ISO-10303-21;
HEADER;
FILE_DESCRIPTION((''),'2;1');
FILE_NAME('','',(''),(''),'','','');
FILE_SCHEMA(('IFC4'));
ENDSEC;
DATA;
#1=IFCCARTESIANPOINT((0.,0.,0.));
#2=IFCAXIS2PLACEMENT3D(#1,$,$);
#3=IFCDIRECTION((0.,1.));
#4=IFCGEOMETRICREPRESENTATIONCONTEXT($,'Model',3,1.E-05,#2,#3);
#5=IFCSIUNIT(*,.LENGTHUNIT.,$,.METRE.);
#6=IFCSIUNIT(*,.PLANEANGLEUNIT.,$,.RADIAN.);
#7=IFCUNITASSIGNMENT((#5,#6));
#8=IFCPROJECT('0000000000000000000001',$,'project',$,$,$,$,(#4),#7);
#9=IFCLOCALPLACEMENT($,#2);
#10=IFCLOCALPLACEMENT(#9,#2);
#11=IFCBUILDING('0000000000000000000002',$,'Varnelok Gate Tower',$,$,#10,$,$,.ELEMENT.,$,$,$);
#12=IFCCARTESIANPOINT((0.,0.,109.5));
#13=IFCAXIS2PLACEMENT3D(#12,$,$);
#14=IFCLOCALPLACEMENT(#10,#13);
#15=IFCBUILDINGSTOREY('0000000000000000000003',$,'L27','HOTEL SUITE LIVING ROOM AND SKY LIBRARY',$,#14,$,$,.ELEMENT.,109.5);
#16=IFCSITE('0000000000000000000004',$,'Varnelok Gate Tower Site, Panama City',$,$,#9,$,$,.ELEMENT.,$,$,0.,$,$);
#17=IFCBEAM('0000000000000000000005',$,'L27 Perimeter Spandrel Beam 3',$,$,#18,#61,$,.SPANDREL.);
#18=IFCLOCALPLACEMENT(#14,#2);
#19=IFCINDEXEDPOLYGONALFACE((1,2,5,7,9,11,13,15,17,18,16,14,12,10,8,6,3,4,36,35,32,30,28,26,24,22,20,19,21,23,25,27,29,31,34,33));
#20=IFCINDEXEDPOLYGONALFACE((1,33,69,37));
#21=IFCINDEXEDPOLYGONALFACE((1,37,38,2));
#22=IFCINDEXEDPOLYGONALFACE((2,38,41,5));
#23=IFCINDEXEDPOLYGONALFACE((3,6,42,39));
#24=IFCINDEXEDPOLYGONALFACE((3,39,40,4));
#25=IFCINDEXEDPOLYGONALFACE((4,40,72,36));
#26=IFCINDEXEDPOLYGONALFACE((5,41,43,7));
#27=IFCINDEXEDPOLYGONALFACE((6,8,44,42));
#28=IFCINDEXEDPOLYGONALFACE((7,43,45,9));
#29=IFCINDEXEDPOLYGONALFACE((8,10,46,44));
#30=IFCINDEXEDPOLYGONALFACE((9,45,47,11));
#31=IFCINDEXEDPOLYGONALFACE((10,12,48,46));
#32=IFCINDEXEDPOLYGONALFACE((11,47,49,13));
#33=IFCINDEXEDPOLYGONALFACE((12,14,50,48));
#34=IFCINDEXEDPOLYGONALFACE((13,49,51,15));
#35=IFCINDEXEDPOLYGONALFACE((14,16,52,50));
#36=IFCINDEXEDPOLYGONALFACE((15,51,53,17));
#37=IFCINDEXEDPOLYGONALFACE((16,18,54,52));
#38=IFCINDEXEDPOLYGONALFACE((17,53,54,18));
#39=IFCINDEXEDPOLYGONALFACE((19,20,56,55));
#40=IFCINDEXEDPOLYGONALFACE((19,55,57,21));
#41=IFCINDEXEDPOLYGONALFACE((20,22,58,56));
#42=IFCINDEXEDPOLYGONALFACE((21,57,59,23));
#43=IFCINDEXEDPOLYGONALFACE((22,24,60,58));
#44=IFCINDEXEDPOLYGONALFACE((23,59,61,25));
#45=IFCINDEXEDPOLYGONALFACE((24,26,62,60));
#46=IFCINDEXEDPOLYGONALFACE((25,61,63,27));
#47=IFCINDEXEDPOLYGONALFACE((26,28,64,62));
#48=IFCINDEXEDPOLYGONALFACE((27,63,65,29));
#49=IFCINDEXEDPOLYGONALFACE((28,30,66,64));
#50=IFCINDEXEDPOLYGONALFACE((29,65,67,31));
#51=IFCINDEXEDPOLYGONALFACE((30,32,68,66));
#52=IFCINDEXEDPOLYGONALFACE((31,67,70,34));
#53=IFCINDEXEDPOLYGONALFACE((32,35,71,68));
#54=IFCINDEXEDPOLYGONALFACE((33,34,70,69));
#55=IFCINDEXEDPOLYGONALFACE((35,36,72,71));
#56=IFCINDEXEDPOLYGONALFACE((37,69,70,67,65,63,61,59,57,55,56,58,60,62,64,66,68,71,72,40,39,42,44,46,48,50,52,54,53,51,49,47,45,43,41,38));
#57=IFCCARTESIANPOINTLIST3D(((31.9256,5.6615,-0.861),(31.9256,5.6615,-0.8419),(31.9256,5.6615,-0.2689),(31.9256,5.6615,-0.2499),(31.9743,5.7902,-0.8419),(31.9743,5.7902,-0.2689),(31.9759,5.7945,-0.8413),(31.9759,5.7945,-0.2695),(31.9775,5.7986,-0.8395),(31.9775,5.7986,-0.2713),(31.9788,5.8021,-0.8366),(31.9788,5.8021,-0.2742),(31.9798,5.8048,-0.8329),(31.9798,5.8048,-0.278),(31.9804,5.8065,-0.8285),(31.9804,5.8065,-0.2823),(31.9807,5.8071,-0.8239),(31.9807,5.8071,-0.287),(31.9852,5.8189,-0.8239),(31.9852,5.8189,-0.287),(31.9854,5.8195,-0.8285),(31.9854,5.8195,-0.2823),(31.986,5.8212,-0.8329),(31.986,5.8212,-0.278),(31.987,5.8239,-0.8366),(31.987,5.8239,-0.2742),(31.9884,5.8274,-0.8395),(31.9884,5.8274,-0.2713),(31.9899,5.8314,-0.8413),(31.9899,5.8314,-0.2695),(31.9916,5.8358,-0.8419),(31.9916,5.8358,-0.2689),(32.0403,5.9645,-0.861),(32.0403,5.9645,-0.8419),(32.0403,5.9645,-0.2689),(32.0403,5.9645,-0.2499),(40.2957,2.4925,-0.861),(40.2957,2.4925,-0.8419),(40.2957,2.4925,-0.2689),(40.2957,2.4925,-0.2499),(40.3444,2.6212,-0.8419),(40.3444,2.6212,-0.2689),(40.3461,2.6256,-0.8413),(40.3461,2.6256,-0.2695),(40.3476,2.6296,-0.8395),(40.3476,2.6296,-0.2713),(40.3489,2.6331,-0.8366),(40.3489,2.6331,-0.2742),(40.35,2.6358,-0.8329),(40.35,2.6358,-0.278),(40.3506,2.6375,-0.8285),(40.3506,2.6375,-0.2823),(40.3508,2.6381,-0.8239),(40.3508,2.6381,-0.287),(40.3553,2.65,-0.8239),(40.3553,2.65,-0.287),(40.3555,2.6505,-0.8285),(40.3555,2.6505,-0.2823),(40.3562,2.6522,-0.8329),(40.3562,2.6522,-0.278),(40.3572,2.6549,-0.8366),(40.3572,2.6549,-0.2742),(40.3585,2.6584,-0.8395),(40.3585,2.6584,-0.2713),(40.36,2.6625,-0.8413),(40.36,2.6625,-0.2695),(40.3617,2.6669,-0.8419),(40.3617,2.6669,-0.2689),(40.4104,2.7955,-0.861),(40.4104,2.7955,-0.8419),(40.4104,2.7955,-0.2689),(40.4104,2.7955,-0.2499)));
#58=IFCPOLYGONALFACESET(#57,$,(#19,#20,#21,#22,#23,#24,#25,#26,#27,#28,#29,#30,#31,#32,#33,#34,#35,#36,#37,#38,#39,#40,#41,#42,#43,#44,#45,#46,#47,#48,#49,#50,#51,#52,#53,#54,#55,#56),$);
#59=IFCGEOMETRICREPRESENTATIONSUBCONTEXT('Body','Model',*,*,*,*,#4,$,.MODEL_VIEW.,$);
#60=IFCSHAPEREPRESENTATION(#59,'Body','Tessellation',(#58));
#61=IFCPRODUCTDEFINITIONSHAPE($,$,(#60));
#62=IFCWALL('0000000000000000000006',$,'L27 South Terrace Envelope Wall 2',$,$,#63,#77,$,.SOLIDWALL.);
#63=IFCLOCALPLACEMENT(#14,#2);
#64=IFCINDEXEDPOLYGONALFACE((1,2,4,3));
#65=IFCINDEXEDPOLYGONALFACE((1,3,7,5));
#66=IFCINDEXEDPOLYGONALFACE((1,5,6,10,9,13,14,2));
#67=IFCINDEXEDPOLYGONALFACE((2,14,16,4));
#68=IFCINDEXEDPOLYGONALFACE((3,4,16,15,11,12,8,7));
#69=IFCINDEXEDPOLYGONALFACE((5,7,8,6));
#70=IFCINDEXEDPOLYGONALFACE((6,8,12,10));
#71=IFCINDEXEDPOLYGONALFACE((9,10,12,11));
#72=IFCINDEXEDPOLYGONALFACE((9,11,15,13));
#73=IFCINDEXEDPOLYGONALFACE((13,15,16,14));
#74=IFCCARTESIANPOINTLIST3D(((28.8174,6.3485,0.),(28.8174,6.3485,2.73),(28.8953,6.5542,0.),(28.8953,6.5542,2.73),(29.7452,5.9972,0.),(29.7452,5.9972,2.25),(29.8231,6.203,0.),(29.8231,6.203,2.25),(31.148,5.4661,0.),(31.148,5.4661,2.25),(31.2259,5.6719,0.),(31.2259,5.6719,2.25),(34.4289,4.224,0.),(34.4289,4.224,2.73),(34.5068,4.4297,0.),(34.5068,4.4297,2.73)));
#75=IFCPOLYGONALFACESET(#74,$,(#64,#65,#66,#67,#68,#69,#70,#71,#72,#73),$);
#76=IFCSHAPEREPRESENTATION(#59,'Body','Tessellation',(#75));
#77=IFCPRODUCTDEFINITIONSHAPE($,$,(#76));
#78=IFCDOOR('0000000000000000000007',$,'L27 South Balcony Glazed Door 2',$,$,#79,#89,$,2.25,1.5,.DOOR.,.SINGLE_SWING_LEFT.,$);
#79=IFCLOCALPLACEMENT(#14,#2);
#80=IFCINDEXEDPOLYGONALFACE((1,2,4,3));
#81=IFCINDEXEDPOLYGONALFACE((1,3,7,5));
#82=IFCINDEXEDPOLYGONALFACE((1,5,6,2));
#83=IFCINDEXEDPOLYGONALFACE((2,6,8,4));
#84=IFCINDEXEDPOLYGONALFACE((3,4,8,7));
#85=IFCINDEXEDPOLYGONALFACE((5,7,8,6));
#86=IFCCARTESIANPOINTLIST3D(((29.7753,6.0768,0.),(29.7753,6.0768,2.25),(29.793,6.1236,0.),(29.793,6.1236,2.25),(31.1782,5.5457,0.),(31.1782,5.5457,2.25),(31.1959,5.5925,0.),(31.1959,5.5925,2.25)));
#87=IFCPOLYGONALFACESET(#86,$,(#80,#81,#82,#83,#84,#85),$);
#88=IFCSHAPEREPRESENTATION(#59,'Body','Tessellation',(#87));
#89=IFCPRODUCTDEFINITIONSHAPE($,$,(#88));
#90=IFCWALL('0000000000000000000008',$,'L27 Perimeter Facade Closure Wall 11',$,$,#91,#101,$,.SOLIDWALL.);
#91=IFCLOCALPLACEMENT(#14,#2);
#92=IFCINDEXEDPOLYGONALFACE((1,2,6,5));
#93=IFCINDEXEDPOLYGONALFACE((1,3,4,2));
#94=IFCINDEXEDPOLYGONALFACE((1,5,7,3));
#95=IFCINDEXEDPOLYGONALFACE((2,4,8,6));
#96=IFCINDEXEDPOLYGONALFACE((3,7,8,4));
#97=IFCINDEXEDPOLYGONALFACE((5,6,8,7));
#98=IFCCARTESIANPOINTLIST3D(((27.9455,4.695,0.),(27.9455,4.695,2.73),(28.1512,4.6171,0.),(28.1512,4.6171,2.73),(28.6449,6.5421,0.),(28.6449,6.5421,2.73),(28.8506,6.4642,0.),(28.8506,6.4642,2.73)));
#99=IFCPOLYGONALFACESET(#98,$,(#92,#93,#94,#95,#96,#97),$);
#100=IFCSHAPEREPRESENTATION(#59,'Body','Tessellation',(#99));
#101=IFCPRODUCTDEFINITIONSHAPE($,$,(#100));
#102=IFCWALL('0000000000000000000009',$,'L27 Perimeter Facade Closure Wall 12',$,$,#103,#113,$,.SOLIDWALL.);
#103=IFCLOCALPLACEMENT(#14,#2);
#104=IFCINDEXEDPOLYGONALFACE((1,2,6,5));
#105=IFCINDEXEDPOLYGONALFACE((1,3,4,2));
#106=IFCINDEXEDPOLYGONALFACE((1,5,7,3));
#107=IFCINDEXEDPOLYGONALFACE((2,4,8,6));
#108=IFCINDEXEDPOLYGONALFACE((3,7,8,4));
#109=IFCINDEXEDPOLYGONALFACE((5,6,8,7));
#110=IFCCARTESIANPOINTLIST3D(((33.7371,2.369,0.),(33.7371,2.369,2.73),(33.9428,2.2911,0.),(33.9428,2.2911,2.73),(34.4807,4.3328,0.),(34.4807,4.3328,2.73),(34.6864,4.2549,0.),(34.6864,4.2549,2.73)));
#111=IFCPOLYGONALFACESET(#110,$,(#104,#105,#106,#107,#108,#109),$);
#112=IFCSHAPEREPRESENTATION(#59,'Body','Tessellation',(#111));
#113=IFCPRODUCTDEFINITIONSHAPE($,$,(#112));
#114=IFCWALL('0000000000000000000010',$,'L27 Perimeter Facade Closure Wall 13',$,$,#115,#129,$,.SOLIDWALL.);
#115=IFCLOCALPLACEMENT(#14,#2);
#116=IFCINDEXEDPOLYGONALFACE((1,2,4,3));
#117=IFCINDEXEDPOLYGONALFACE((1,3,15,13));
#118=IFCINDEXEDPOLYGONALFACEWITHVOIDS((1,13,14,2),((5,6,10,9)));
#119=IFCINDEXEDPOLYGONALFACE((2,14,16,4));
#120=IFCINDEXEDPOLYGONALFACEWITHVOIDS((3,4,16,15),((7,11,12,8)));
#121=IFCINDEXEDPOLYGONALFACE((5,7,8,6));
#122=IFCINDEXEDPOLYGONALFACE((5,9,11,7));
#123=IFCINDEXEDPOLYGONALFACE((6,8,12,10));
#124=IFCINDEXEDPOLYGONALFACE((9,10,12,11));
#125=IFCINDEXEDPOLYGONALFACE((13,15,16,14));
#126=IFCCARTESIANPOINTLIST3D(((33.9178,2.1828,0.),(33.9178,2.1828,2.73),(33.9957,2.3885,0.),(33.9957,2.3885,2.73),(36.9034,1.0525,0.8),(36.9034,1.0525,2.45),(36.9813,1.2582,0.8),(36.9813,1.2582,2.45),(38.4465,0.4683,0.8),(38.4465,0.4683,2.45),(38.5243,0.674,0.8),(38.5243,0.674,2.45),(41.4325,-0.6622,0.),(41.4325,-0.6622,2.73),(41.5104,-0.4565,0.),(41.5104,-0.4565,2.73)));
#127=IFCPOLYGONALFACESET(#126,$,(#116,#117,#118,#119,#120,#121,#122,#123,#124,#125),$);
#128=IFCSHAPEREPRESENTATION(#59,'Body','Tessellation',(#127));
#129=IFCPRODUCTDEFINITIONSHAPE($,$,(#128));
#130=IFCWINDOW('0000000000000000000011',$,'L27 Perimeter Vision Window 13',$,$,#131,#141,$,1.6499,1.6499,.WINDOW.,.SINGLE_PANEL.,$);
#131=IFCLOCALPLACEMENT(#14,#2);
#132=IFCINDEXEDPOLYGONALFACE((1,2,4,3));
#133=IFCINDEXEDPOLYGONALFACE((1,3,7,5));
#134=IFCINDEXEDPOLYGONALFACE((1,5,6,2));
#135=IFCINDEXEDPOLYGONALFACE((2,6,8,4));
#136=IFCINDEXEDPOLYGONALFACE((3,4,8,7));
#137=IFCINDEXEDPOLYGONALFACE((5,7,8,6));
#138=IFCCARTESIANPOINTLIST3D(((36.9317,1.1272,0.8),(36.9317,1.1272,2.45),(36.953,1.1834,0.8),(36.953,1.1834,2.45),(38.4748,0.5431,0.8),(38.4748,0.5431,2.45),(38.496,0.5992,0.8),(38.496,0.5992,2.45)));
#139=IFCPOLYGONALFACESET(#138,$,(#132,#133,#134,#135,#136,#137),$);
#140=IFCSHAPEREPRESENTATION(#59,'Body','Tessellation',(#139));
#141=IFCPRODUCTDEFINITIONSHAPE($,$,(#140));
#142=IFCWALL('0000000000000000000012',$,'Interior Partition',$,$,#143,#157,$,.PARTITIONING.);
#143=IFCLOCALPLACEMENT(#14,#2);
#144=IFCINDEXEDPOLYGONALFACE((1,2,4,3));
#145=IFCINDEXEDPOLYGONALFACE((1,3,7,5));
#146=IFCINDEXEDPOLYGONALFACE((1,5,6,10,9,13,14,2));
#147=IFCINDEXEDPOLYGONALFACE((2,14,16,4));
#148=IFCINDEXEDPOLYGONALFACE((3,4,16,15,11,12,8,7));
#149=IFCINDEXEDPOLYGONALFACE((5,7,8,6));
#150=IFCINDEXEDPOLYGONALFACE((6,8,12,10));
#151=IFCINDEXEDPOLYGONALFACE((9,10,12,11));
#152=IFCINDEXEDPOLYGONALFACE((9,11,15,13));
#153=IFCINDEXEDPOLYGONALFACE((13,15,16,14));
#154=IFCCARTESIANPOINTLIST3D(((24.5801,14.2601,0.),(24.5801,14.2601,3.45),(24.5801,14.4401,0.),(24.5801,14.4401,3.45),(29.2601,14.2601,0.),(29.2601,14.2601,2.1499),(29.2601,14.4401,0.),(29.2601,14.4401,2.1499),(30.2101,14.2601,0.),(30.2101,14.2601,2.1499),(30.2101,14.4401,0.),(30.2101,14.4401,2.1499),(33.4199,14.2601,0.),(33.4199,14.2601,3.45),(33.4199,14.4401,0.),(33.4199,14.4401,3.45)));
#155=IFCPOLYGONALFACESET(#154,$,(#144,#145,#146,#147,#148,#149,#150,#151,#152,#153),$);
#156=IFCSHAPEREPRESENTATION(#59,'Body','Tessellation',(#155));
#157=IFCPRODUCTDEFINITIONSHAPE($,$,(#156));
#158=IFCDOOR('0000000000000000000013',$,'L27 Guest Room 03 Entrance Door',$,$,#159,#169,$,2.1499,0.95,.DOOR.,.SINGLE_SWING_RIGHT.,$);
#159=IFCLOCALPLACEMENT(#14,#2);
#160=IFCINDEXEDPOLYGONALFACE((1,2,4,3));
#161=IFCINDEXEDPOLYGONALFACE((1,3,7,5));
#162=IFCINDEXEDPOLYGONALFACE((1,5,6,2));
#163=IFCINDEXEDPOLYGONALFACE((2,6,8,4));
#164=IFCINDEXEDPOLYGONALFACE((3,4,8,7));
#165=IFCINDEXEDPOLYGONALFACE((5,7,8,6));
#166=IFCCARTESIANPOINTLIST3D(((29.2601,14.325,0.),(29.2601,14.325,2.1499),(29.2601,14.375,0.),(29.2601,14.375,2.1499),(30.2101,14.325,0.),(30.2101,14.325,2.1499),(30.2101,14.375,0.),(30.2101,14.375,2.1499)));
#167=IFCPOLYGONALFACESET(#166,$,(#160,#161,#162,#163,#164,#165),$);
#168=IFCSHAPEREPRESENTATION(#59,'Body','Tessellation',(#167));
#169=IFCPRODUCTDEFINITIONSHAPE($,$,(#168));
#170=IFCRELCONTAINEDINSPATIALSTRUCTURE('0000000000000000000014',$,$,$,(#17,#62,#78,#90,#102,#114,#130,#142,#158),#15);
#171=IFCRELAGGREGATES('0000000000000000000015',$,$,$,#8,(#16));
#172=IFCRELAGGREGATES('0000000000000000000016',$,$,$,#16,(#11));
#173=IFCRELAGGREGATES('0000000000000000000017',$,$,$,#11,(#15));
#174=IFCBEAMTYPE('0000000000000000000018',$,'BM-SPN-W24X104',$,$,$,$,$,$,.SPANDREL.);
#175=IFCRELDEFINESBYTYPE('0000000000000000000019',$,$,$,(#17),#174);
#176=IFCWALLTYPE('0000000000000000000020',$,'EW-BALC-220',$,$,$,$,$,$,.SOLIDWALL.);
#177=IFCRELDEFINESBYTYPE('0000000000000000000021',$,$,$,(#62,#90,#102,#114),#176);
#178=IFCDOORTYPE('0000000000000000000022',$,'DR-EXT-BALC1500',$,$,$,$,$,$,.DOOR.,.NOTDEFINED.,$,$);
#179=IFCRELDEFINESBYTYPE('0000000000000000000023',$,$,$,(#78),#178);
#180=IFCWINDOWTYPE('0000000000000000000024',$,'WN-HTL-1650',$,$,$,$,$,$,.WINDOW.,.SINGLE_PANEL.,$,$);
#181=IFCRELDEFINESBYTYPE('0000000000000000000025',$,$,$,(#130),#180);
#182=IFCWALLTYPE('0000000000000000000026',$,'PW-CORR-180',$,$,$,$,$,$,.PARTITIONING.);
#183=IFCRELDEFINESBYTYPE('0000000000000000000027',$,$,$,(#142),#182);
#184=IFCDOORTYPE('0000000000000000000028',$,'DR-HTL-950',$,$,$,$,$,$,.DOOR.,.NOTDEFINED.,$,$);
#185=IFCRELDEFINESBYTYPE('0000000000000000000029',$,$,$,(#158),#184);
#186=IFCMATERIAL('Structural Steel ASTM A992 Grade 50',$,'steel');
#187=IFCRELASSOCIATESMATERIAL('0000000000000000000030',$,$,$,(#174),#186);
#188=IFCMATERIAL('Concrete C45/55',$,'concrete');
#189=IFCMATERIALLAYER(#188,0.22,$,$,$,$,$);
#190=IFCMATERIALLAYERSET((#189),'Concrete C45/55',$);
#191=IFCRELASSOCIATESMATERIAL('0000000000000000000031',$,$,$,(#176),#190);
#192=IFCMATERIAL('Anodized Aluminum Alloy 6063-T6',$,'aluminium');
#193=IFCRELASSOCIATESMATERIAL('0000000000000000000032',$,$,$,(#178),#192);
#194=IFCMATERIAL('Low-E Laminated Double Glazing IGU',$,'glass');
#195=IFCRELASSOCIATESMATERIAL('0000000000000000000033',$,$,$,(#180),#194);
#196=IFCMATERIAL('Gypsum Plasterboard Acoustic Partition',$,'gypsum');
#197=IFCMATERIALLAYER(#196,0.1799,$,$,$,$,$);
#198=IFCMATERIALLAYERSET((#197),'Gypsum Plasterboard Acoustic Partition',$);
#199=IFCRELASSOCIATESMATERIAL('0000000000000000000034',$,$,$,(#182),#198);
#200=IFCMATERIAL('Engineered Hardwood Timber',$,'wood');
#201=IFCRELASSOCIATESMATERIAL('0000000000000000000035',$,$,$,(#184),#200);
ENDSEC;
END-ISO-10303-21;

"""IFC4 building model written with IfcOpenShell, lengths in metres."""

from ifc_helpers import new_model, si_unit, direction, frame, frame_2d, origin, origin_2d, place, context, subcontext, project, spatial, rectangle, i_section, extrude, material, layer, layer_set, material_profile, profile_set, type_object, element, fill, save


model = new_model("IFC4")

# Units and contexts
model_context = context("Model", 3, precision=1e-05, world=origin(), true_north=direction((0.0, 1.0)))
body_context = subcontext(model_context, "Body", "Model", "MODEL_VIEW")
ifc_project = project(units=[si_unit("LENGTHUNIT", "METRE"), si_unit("PLANEANGLEUNIT", "RADIAN")], contexts=[model_context])

# Site, building, storey
site_placement = place(None, origin())
site = spatial("IfcSite", under=ifc_project, at=site_placement, Name="Varnelok Gate Tower Site, Panama City", CompositionType="ELEMENT", RefElevation=0.0)
building_placement = place(site_placement, origin())
building = spatial("IfcBuilding", under=site, at=building_placement, Name="Varnelok Gate Tower", CompositionType="ELEMENT")
storey_placement = place(building_placement, frame((0.0, 0.0, 109.5)))
storey = spatial("IfcBuildingStorey", under=building, at=storey_placement, Name="L27", Description="HOTEL SUITE LIVING ROOM AND SKY LIBRARY", CompositionType="ELEMENT", Elevation=109.5)

# Shared definitions
ifc_material_1 = material(Name="Structural Steel ASTM A992 Grade 50", Category="steel")

# Beam
ifc_material_profile_1 = material_profile(ifc_material_1, i_section(OverallWidth=0.324, OverallDepth=0.6111, WebThickness=0.0127, FlangeThickness=0.019, FilletRadius=0.0181, at=origin_2d()), Name="W24X104")
ifc_profile_set_1 = profile_set([ifc_material_profile_1], Name="Structural Steel ASTM A992 Grade 50")
beam_type_1 = type_object("IfcBeamType", Name="BM-SPN-W24X104", PredefinedType="SPANDREL", material=ifc_profile_set_1)
beam_1_placement = place(storey_placement, frame((31.9829, 5.813, -0.5554), z_axis=(0.935217, -0.354075, 0.0), x_axis=(0.354075, 0.935217, 0.0)))
element("IfcBeam", 1, at=beam_1_placement, inside=storey, type_object=beam_type_1, Name="L27 Perimeter Spandrel Beam 3", PredefinedType="SPANDREL", context=body_context, shape_type="SweptSolid", body=[
    extrude(i_section(OverallWidth=0.324, OverallDepth=0.6111, WebThickness=0.0127, FlangeThickness=0.019, FilletRadius=0.0181, at=origin_2d()), origin(), (0.0, 0.0, 1.0), 8.95),
])

# Wall, opening, door
ifc_material_2 = material(Name="Concrete C45/55", Category="concrete")
ifc_layer_1 = layer(ifc_material_2, 0.22)
ifc_layer_set_1 = layer_set([ifc_layer_1], Name="Concrete C45/55")
wall_type_1 = type_object("IfcWallType", Name="EW-BALC-220", PredefinedType="SOLIDWALL", material=ifc_layer_set_1)
wall_1_placement = place(storey_placement, frame((34.4678, 4.3269, 0.0), z_axis=(0.0, 0.0, 1.0), x_axis=(-0.935219, 0.354069, 0.0)))
wall_1 = element("IfcWall", 2, at=wall_1_placement, inside=storey, type_object=wall_type_1, Name="L27 South Terrace Envelope Wall 2", PredefinedType="SOLIDWALL", context=body_context, shape_type="SweptSolid", body=[
    extrude(rectangle(XDim=6.0002, YDim=0.22, at=frame_2d((3.0, 0.0))), origin(), (0.0, 0.0, 1.0), 2.73),
])
opening_1_placement = place(wall_1_placement, frame((3.5081, 0.0, 0.0)))
opening_1 = element("IfcOpeningElement", 3, at=opening_1_placement, cuts=wall_1, PredefinedType="OPENING", context=body_context, shape_type="SweptSolid", body=[
    extrude(rectangle(XDim=1.5, YDim=2.25, at=frame_2d((0.75, 1.125))), frame((0.0, 0.1199, 0.0), z_axis=(0.0, -1.0, 0.0), x_axis=(1.0, 0.0, 0.0)), (0.0, 0.0, 1.0), 0.24),
])
ifc_material_3 = material(Name="Anodized Aluminum Alloy 6063-T6", Category="aluminium")
door_type_1 = type_object("IfcDoorType", Name="DR-EXT-BALC1500", OperationType="NOTDEFINED", PredefinedType="DOOR", material=ifc_material_3)
door_1_placement = place(opening_1_placement, origin())
door_1 = element("IfcDoor", 4, at=door_1_placement, inside=storey, type_object=door_type_1, Name="L27 South Balcony Glazed Door 2", OperationType="SINGLE_SWING_LEFT", OverallHeight=2.25, OverallWidth=1.5, PredefinedType="DOOR", context=body_context, shape_type="SweptSolid", body=[
    extrude(rectangle(XDim=1.5, YDim=2.25, at=frame_2d((0.75, 1.125))), frame((0.0, 0.0249, 0.0), z_axis=(0.0, -1.0, 0.0), x_axis=(1.0, 0.0, 0.0)), (0.0, 0.0, 1.0), 0.05),
])
fill(opening_1, door_1)

# Walls
wall_2_placement = place(storey_placement, frame((28.0483, 4.656, 0.0), z_axis=(0.0, 0.0, 1.0), x_axis=(0.354129, 0.935197, 0.0)))
element("IfcWall", 5, at=wall_2_placement, inside=storey, type_object=wall_type_1, Name="L27 Perimeter Facade Closure Wall 11", PredefinedType="SOLIDWALL", context=body_context, shape_type="SweptSolid", body=[
    extrude(rectangle(XDim=1.9751, YDim=0.22, at=frame_2d((0.9875, 0.0))), origin(), (0.0, 0.0, 1.0), 2.73),
])
wall_3_placement = place(storey_placement, frame((34.5835, 4.2937, 0.0), z_axis=(0.0, 0.0, 1.0), x_axis=(-0.354128, -0.935197, 0.0)))
element("IfcWall", 6, at=wall_3_placement, inside=storey, type_object=wall_type_1, Name="L27 Perimeter Facade Closure Wall 12", PredefinedType="SOLIDWALL", context=body_context, shape_type="SweptSolid", body=[
    extrude(rectangle(XDim=2.0999, YDim=0.22, at=frame_2d((1.0498, 0.0))), origin(), (0.0, 0.0, 1.0), 2.73),
])

# Wall, opening, window
wall_4_placement = place(storey_placement, frame((33.9568, 2.2856, 0.0), z_axis=(0.0, 0.0, 1.0), x_axis=(0.935221, -0.354065, 0.0)))
wall_4 = element("IfcWall", 7, at=wall_4_placement, inside=storey, type_object=wall_type_1, Name="L27 Perimeter Facade Closure Wall 13", PredefinedType="SOLIDWALL", context=body_context, shape_type="SweptSolid", body=[
    extrude(rectangle(XDim=8.0352, YDim=0.22, at=frame_2d((4.0176, 0.0))), origin(), (0.0, 0.0, 1.0), 2.73),
])
opening_2_placement = place(wall_4_placement, frame((3.1924, 0.0, 0.8)))
opening_2 = element("IfcOpeningElement", 8, at=opening_2_placement, cuts=wall_4, PredefinedType="OPENING", context=body_context, shape_type="SweptSolid", body=[
    extrude(rectangle(XDim=1.6499, YDim=1.6499, at=frame_2d((0.825, 0.825))), frame((0.0, 0.1199, 0.0), z_axis=(0.0, -1.0, 0.0), x_axis=(1.0, 0.0, 0.0)), (0.0, 0.0, 1.0), 0.24),
])
ifc_material_4 = material(Name="Low-E Laminated Double Glazing IGU", Category="glass")
window_type = type_object("IfcWindowType", Name="WN-HTL-1650", PartitioningType="SINGLE_PANEL", PredefinedType="WINDOW", material=ifc_material_4)
window_placement = place(opening_2_placement, origin())
window = element("IfcWindow", 9, at=window_placement, inside=storey, type_object=window_type, Name="L27 Perimeter Vision Window 13", OverallHeight=1.6499, OverallWidth=1.6499, PartitioningType="SINGLE_PANEL", PredefinedType="WINDOW", context=body_context, shape_type="SweptSolid", body=[
    extrude(rectangle(XDim=1.6499, YDim=1.6499, at=frame_2d((0.825, 0.825))), frame((0.0, 0.03, 0.0), z_axis=(0.0, -1.0, 0.0), x_axis=(1.0, 0.0, 0.0)), (0.0, 0.0, 1.0), 0.0601),
])
fill(opening_2, window)

# Wall, opening, door
ifc_material_5 = material(Name="Gypsum Plasterboard Acoustic Partition", Category="gypsum")
ifc_layer_2 = layer(ifc_material_5, 0.1799)
ifc_layer_set_2 = layer_set([ifc_layer_2], Name="Gypsum Plasterboard Acoustic Partition")
wall_type_2 = type_object("IfcWallType", Name="PW-CORR-180", PredefinedType="PARTITIONING", material=ifc_layer_set_2)
wall_5_placement = place(storey_placement, frame((24.5801, 14.3501, 0.0), z_axis=(0.0, 0.0, 1.0), x_axis=(1.0, 0.0, 0.0)))
wall_5 = element("IfcWall", 10, at=wall_5_placement, inside=storey, type_object=wall_type_2, Name="Interior Partition", PredefinedType="PARTITIONING", context=body_context, shape_type="SweptSolid", body=[
    extrude(rectangle(XDim=8.8398, YDim=0.1799, at=frame_2d((4.4199, 0.0))), origin(), (0.0, 0.0, 1.0), 3.45),
])
opening_3_placement = place(wall_5_placement, frame((4.6799, 0.0, 0.0)))
opening_3 = element("IfcOpeningElement", 11, at=opening_3_placement, cuts=wall_5, PredefinedType="OPENING", context=body_context, shape_type="SweptSolid", body=[
    extrude(rectangle(XDim=0.95, YDim=2.1499, at=frame_2d((0.4751, 1.075))), frame((0.0, 0.0999, 0.0), z_axis=(0.0, -1.0, 0.0), x_axis=(1.0, 0.0, 0.0)), (0.0, 0.0, 1.0), 0.2),
])
ifc_material_6 = material(Name="Engineered Hardwood Timber", Category="wood")
door_type_2 = type_object("IfcDoorType", Name="DR-HTL-950", OperationType="NOTDEFINED", PredefinedType="DOOR", material=ifc_material_6)
door_2_placement = place(opening_3_placement, origin())
door_2 = element("IfcDoor", 12, at=door_2_placement, inside=storey, type_object=door_type_2, Name="L27 Guest Room 03 Entrance Door", OperationType="SINGLE_SWING_RIGHT", OverallHeight=2.1499, OverallWidth=0.95, PredefinedType="DOOR", context=body_context, shape_type="SweptSolid", body=[
    extrude(rectangle(XDim=0.95, YDim=2.1499, at=frame_2d((0.4751, 1.075))), frame((0.0, 0.0249, 0.0), z_axis=(0.0, -1.0, 0.0), x_axis=(1.0, 0.0, 0.0)), (0.0, 0.0, 1.0), 0.05),
])
fill(opening_3, door_2)

save(model, "model.ifc")
